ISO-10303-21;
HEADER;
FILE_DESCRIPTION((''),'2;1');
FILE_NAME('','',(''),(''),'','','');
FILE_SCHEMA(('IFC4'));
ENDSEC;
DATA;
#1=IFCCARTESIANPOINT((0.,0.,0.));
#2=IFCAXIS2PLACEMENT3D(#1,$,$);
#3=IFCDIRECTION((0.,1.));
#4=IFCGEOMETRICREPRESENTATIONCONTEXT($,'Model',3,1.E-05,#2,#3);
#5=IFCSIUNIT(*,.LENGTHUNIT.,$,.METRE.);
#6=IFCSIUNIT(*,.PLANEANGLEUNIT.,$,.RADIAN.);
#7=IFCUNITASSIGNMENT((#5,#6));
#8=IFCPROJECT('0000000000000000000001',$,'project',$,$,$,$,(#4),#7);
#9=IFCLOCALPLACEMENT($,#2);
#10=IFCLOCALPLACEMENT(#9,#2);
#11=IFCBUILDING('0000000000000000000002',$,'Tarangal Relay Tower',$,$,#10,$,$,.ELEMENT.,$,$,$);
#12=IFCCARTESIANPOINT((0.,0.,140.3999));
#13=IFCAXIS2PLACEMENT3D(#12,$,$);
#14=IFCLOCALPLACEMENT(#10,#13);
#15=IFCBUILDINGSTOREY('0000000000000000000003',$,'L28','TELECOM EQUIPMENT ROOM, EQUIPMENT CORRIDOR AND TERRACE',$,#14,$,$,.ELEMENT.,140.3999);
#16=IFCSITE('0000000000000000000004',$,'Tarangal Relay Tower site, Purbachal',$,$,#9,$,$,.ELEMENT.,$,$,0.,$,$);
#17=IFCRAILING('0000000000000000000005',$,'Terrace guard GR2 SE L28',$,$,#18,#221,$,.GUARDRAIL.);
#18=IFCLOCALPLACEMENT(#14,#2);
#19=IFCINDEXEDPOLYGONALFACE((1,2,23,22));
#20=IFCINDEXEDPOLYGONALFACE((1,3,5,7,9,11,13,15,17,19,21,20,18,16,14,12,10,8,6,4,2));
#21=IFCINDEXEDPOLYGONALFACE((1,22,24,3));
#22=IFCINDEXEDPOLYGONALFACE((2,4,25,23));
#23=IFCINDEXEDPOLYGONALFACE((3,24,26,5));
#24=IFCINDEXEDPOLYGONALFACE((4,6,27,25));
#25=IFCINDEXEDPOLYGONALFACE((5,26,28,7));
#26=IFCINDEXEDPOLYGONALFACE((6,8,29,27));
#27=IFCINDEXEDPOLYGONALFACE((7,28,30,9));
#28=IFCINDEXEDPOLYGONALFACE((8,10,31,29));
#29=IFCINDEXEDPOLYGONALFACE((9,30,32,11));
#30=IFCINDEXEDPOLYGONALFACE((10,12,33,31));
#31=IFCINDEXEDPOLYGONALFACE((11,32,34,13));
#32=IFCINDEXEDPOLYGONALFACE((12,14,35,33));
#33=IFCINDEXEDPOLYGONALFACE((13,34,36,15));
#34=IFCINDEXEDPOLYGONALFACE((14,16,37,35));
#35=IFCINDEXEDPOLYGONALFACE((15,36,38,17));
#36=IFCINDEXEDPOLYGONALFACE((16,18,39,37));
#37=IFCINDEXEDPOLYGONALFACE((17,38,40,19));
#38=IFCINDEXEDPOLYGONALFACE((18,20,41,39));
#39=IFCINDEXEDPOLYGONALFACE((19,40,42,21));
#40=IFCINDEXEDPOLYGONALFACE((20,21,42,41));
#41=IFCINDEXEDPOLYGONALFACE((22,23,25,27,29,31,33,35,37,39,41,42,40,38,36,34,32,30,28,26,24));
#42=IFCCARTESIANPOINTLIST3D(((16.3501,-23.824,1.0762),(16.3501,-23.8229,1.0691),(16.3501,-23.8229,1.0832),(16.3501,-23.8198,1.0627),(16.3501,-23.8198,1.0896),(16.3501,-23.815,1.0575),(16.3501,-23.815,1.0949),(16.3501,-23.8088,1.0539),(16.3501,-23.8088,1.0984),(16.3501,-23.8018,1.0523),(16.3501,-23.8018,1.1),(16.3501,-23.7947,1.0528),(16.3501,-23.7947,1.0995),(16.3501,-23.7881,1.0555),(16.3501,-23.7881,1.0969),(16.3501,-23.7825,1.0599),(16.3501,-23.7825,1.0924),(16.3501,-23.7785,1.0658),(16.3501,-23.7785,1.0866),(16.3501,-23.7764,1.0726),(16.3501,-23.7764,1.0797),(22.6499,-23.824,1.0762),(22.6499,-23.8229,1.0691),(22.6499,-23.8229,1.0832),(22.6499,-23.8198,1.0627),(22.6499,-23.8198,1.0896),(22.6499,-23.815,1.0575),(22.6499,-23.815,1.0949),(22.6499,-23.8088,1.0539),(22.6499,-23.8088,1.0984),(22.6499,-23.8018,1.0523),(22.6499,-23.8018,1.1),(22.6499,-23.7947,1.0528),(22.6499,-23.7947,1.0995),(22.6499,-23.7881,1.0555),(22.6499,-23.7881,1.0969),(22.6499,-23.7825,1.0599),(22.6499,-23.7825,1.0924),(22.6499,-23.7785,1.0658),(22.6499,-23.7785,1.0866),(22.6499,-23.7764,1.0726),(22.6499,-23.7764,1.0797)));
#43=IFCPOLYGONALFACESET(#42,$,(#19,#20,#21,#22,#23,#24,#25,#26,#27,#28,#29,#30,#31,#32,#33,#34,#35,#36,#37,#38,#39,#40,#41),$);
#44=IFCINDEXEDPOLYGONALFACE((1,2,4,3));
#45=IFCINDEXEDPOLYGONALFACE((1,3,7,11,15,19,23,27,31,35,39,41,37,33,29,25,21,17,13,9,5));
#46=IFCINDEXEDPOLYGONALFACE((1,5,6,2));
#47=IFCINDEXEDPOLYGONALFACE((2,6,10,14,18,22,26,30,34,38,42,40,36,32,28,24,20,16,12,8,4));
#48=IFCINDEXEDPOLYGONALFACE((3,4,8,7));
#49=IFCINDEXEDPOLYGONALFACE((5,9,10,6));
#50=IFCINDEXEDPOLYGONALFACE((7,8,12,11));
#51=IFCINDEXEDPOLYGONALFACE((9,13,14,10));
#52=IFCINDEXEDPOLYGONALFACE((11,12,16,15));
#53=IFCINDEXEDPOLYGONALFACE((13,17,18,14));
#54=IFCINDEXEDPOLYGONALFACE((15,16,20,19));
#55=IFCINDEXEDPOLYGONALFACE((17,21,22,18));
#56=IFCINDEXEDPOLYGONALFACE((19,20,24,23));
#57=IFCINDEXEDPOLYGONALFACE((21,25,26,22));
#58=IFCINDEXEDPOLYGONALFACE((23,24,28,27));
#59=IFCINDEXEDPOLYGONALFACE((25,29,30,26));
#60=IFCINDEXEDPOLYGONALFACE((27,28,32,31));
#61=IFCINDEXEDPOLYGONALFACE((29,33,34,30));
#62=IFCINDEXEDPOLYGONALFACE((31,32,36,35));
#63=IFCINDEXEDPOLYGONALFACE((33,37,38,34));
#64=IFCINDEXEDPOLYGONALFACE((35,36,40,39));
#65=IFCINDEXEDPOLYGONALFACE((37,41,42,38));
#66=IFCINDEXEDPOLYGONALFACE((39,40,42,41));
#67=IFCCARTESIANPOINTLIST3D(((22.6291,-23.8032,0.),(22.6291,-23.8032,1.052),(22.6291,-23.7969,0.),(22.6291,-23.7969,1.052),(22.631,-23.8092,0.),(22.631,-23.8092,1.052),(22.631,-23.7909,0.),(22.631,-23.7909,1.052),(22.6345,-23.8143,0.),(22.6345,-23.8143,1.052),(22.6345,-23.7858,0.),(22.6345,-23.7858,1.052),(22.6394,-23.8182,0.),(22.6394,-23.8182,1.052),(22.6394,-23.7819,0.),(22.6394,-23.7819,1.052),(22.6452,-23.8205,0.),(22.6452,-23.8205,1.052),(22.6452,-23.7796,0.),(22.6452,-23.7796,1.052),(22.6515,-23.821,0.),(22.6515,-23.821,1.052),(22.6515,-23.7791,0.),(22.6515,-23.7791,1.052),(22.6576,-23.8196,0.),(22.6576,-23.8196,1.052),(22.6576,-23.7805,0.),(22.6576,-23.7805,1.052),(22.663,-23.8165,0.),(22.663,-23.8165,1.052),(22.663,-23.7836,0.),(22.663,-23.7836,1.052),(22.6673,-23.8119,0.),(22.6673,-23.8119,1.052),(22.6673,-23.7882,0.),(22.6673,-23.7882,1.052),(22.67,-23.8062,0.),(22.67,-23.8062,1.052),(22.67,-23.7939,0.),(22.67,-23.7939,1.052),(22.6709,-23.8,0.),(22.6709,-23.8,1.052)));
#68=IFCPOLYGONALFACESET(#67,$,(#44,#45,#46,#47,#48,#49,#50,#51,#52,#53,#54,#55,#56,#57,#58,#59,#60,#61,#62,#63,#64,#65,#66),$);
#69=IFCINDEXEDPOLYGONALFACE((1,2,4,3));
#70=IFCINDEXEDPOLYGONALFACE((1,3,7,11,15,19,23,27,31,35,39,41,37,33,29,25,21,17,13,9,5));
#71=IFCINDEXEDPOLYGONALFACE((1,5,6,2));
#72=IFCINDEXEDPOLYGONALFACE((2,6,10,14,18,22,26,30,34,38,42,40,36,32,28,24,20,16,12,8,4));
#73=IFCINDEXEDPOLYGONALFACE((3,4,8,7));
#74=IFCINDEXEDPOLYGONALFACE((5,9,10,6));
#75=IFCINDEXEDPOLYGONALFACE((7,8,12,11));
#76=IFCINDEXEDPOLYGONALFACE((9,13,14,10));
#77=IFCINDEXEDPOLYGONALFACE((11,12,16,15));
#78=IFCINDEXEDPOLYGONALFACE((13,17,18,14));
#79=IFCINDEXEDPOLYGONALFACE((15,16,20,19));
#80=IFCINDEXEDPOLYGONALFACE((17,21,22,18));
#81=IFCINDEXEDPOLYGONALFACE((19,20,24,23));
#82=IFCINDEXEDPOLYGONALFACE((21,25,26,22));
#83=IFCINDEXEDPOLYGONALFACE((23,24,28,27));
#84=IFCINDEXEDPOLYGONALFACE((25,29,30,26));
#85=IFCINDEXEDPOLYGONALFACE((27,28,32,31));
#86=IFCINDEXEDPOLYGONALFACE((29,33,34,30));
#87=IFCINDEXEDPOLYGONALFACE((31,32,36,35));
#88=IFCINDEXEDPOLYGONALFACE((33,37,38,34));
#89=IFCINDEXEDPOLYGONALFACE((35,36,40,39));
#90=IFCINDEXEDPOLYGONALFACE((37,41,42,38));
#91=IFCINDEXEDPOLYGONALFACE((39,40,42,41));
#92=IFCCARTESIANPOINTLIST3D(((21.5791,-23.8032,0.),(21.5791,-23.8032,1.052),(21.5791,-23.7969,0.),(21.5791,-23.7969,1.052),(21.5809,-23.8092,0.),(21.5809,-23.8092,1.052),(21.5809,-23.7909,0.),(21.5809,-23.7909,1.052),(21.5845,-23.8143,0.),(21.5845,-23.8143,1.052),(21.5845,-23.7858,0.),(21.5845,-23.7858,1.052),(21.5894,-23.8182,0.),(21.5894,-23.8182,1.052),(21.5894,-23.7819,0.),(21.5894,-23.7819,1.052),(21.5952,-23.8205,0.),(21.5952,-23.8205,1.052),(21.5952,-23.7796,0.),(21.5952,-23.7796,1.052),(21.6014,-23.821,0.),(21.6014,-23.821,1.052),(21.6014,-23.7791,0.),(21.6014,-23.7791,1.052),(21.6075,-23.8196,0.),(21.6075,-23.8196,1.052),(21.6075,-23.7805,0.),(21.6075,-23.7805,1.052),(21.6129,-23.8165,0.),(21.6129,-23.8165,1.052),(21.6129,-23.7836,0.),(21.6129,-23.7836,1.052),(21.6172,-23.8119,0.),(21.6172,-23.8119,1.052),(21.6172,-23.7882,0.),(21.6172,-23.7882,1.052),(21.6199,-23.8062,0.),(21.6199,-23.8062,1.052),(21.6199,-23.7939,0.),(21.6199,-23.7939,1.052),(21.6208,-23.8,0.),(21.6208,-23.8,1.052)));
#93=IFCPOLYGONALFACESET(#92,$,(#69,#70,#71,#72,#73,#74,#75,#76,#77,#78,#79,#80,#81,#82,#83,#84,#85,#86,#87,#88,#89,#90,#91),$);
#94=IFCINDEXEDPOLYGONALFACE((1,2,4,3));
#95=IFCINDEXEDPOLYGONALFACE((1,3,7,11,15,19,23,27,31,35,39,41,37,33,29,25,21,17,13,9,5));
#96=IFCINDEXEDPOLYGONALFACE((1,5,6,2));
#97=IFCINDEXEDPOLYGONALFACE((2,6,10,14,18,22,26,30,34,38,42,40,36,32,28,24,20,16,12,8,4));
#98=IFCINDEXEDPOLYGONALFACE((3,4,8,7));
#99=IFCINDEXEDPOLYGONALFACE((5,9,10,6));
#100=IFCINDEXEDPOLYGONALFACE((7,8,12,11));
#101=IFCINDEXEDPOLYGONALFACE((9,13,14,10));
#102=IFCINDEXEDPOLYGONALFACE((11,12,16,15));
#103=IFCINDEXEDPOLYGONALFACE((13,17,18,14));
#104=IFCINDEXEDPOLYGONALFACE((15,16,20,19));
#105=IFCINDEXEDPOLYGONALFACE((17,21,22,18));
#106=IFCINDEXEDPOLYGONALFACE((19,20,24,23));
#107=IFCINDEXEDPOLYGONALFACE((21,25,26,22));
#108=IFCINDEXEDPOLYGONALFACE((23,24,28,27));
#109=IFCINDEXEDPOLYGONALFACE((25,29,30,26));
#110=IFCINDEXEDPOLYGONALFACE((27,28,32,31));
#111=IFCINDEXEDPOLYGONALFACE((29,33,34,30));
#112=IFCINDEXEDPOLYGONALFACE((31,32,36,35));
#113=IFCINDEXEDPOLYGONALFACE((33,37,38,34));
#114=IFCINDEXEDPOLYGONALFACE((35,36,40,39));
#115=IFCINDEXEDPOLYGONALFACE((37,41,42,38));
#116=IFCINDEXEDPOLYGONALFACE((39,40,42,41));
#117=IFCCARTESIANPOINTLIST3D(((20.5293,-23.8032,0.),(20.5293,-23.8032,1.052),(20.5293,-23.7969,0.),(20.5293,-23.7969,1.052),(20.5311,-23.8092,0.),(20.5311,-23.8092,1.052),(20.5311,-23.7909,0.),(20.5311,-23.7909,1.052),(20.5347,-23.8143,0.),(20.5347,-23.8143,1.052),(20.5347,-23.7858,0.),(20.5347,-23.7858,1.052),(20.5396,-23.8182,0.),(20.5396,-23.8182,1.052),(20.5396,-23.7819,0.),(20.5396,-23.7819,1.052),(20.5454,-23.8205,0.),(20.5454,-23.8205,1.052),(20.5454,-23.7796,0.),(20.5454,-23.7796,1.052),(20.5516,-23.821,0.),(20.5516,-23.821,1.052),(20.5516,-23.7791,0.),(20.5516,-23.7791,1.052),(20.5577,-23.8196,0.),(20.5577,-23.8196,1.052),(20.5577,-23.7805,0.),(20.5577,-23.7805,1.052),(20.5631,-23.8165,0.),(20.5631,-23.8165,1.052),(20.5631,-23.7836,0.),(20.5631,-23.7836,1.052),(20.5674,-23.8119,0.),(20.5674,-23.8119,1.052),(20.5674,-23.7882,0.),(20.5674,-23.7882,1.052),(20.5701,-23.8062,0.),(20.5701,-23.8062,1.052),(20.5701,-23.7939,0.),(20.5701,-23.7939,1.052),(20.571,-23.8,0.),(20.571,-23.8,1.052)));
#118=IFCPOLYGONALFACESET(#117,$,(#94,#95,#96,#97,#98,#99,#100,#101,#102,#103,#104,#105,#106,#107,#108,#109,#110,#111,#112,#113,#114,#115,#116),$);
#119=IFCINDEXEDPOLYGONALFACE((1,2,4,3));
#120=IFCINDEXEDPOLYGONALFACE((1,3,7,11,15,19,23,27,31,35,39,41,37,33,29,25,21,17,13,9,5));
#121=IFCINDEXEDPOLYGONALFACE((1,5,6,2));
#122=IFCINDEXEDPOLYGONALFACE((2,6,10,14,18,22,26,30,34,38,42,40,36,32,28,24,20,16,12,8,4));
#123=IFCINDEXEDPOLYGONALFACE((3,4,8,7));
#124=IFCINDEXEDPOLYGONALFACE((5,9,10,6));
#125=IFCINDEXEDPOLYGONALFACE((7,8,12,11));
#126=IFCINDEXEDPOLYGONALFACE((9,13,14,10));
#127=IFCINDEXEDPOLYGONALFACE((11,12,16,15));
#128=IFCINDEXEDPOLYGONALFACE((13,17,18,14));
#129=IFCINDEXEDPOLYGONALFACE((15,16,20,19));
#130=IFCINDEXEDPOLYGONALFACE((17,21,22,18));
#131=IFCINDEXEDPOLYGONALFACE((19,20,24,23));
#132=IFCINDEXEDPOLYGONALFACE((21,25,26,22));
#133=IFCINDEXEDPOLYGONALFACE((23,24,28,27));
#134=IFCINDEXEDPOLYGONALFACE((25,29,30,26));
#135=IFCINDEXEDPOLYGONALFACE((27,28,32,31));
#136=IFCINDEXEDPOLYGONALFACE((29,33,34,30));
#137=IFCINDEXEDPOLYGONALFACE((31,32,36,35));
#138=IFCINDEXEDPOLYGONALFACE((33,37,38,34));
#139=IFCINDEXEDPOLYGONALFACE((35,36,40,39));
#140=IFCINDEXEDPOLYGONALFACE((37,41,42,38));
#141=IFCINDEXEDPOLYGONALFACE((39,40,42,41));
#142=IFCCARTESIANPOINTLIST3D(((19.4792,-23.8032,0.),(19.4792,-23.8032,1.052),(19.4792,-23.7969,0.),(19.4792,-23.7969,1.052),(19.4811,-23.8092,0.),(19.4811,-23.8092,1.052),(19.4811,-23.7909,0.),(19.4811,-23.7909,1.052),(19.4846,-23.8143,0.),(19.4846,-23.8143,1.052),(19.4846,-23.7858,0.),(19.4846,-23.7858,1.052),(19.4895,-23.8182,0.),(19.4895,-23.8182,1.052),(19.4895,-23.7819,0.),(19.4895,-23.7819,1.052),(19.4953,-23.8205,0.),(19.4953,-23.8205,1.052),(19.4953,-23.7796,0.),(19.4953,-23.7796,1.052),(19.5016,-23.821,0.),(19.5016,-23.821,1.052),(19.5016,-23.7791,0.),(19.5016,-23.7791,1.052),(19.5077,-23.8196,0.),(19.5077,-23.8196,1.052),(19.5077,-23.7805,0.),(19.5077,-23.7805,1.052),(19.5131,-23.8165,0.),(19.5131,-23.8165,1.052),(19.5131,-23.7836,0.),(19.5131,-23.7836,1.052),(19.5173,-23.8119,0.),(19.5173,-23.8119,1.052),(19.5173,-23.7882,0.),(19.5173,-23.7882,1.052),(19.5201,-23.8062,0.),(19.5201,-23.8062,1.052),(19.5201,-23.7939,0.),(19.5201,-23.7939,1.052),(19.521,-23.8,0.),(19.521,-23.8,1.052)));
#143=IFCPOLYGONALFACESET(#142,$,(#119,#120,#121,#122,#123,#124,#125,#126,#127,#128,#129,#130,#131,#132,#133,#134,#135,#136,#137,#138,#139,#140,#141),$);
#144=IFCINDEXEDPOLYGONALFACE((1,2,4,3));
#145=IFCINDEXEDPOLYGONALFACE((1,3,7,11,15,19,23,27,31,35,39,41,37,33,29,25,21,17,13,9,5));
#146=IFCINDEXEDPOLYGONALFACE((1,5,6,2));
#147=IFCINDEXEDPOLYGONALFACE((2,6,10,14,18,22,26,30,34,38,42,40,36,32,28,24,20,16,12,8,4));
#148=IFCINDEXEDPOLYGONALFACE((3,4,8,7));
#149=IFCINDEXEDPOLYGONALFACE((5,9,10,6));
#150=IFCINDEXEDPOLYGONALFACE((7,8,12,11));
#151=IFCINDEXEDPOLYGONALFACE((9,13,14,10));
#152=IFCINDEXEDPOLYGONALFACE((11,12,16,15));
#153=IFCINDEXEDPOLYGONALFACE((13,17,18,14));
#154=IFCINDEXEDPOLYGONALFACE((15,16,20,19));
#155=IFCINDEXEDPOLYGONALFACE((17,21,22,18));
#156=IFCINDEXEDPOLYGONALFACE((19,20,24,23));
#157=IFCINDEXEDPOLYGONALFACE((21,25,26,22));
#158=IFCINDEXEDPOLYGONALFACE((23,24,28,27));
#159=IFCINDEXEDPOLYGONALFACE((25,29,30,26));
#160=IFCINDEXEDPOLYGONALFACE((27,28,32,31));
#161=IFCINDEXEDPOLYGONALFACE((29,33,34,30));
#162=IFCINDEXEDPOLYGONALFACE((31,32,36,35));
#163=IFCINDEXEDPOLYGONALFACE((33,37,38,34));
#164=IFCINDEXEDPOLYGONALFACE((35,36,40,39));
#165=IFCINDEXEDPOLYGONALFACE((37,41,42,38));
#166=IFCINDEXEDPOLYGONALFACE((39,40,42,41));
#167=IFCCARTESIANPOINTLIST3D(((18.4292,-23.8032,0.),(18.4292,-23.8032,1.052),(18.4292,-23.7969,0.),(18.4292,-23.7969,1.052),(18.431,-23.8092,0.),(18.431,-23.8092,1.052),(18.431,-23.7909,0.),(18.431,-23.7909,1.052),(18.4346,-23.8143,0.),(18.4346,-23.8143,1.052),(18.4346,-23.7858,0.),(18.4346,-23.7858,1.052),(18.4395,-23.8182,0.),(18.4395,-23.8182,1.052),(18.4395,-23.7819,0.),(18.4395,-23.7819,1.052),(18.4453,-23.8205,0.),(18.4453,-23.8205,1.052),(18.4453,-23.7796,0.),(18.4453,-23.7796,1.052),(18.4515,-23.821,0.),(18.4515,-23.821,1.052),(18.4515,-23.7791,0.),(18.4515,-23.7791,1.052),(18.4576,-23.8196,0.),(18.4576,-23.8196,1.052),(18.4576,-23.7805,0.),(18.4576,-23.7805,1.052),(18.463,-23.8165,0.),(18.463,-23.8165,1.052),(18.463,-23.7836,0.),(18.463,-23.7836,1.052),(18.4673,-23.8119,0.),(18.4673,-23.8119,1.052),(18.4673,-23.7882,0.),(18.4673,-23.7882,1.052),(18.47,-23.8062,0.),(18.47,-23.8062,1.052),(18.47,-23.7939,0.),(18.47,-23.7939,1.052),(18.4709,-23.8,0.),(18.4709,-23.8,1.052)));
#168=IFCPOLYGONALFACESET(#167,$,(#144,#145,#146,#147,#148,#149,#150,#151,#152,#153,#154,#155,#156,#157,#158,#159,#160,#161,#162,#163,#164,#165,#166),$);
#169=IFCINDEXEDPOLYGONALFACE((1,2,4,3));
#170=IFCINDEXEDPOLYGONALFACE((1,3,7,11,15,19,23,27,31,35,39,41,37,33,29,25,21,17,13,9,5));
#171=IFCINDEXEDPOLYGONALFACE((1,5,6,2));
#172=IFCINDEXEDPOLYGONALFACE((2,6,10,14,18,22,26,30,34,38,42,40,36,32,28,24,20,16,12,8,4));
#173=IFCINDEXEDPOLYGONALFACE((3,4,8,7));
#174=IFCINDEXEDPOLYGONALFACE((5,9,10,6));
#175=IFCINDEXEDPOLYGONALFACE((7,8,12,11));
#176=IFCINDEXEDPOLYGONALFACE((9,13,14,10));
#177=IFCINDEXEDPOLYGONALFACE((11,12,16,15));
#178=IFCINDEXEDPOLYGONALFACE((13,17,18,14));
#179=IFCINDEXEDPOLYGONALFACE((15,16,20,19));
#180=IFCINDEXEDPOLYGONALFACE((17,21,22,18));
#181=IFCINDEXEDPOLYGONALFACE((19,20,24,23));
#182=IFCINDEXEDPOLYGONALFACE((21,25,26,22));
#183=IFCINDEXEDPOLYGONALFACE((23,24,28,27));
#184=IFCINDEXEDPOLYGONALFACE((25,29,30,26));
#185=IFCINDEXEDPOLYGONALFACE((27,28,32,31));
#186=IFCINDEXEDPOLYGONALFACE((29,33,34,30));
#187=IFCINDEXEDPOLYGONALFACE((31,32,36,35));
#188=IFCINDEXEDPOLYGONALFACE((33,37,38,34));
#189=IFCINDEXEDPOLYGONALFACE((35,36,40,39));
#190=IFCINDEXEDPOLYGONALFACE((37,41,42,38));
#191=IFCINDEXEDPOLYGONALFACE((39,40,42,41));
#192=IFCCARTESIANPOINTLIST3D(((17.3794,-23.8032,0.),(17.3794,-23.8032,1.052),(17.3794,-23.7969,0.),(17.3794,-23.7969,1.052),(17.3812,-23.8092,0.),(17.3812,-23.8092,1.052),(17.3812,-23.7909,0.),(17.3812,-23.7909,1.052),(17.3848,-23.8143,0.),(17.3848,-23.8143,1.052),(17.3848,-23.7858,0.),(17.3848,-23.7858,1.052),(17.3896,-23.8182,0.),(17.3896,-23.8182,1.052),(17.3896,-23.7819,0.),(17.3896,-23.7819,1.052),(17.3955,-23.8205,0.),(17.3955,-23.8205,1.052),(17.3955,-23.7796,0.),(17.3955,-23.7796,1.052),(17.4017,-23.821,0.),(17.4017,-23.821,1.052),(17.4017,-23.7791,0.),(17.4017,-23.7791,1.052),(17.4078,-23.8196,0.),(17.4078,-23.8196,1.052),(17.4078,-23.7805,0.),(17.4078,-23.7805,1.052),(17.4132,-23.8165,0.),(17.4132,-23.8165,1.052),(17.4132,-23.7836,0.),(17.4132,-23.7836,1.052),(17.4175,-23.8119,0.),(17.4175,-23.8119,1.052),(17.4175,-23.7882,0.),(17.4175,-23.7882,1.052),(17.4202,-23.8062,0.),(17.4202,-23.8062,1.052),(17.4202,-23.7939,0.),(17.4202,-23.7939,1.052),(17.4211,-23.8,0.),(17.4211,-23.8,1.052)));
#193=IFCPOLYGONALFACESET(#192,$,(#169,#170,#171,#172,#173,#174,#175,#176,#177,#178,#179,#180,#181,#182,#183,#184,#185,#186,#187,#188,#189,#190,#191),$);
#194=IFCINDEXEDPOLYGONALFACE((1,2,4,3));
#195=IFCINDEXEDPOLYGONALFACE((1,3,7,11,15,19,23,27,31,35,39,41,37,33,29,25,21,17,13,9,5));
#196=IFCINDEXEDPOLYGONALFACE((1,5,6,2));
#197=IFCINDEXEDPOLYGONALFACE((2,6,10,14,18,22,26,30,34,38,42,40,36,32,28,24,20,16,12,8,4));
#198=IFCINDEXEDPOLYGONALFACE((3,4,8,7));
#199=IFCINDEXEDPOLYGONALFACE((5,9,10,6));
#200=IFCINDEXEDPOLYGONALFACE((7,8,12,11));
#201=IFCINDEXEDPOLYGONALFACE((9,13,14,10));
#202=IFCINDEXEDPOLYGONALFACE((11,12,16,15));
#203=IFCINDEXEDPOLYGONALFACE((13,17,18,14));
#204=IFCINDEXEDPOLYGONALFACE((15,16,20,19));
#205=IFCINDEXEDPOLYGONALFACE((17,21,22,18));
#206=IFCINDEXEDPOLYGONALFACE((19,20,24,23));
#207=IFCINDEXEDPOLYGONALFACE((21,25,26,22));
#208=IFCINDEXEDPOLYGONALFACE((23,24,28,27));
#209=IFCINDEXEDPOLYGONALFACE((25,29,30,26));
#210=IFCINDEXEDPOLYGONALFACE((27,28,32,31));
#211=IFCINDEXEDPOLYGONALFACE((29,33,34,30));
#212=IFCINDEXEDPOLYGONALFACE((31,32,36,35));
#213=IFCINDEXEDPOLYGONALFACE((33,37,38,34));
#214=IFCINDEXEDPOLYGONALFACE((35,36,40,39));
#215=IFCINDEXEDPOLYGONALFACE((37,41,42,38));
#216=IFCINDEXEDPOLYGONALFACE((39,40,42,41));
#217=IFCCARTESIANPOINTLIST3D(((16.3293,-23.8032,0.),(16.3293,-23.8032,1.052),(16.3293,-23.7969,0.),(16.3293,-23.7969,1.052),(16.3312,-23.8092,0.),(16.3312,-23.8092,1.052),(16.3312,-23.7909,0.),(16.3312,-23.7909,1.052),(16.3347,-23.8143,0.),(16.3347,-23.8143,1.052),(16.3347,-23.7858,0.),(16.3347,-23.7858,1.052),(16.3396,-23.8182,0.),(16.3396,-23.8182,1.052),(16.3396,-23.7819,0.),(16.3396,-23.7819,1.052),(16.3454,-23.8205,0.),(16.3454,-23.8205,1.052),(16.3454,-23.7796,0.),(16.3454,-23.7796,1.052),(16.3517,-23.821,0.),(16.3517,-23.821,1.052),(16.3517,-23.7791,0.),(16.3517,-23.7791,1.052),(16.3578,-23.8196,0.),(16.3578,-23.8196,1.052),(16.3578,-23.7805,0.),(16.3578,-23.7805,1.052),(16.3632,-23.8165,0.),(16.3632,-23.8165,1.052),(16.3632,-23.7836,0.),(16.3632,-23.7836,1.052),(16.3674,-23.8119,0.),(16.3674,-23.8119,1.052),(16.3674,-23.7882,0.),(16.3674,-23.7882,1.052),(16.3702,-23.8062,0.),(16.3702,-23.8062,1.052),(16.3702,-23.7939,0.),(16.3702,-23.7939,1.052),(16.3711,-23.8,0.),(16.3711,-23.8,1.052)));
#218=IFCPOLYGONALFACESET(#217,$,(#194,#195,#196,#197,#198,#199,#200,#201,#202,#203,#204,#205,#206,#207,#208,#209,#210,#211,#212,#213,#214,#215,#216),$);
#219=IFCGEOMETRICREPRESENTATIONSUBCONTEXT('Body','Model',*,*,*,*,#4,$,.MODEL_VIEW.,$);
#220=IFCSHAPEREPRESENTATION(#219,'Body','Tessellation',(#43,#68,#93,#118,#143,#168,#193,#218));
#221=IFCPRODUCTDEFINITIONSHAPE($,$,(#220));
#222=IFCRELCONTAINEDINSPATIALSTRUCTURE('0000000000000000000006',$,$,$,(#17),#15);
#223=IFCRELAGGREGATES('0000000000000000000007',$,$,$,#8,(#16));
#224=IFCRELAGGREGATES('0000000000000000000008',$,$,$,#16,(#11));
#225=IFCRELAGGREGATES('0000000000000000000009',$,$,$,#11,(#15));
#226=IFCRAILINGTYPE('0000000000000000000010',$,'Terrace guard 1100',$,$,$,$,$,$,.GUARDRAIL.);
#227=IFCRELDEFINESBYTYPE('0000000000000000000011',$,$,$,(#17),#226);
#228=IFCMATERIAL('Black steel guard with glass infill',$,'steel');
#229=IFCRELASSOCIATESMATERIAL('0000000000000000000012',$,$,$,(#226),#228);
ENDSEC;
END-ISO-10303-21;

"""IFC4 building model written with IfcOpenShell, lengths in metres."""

from ifc_helpers import new_model, si_unit, direction, frame, origin, origin_2d, place, context, subcontext, project, spatial, circle, extrude, material, type_object, element, save


model = new_model("IFC4")

# Units and contexts
model_context = context("Model", 3, precision=1e-05, world=origin(), true_north=direction((0.0, 1.0)))
body_context = subcontext(model_context, "Body", "Model", "MODEL_VIEW")
ifc_project = project(units=[si_unit("LENGTHUNIT", "METRE"), si_unit("PLANEANGLEUNIT", "RADIAN")], contexts=[model_context])

# Site, building, storey
site_placement = place(None, origin())
site = spatial("IfcSite", under=ifc_project, at=site_placement, Name="Tarangal Relay Tower site, Purbachal", CompositionType="ELEMENT", RefElevation=0.0)
building_placement = place(site_placement, origin())
building = spatial("IfcBuilding", under=site, at=building_placement, Name="Tarangal Relay Tower", CompositionType="ELEMENT")
storey_placement = place(building_placement, frame((0.0, 0.0, 140.3999)))
storey = spatial("IfcBuildingStorey", under=building, at=storey_placement, Name="L28", Description="TELECOM EQUIPMENT ROOM, EQUIPMENT CORRIDOR AND TERRACE", CompositionType="ELEMENT", Elevation=140.3999)

# Railing
ifc_material_1 = material(Name="Black steel guard with glass infill", Category="steel")
railing_type = type_object("IfcRailingType", Name="Terrace guard 1100", PredefinedType="GUARDRAIL", material=ifc_material_1)
railing_1_placement = place(storey_placement, frame((22.6499, -23.8, 0.0)))
element("IfcRailing", 1, at=railing_1_placement, inside=storey, type_object=railing_type, Name="Terrace guard GR2 SE L28", PredefinedType="GUARDRAIL", context=body_context, shape_type="SweptSolid", body=[
    extrude(circle(Radius=0.0239, at=origin_2d()), frame((0.0, 0.0, 1.0762), z_axis=(-1.0, 0.0, 0.0), x_axis=(0.0, -1.0, 0.0)), (0.0, 0.0, 1.0), 6.2998),
    extrude(circle(Radius=0.021, at=origin_2d()), origin(), (0.0, 0.0, 1.0), 1.052),
    extrude(circle(Radius=0.021, at=origin_2d()), frame((-1.05, 0.0, 0.0)), (0.0, 0.0, 1.0), 1.052),
    extrude(circle(Radius=0.021, at=origin_2d()), frame((-2.0999, 0.0, 0.0)), (0.0, 0.0, 1.0), 1.052),
    extrude(circle(Radius=0.021, at=origin_2d()), frame((-3.1499, 0.0, 0.0)), (0.0, 0.0, 1.0), 1.052),
    extrude(circle(Radius=0.021, at=origin_2d()), frame((-4.2, 0.0, 0.0)), (0.0, 0.0, 1.0), 1.052),
    extrude(circle(Radius=0.021, at=origin_2d()), frame((-5.2498, 0.0, 0.0)), (0.0, 0.0, 1.0), 1.052),
    extrude(circle(Radius=0.021, at=origin_2d()), frame((-6.2998, 0.0, 0.0)), (0.0, 0.0, 1.0), 1.052),
])

save(model, "model.ifc")
